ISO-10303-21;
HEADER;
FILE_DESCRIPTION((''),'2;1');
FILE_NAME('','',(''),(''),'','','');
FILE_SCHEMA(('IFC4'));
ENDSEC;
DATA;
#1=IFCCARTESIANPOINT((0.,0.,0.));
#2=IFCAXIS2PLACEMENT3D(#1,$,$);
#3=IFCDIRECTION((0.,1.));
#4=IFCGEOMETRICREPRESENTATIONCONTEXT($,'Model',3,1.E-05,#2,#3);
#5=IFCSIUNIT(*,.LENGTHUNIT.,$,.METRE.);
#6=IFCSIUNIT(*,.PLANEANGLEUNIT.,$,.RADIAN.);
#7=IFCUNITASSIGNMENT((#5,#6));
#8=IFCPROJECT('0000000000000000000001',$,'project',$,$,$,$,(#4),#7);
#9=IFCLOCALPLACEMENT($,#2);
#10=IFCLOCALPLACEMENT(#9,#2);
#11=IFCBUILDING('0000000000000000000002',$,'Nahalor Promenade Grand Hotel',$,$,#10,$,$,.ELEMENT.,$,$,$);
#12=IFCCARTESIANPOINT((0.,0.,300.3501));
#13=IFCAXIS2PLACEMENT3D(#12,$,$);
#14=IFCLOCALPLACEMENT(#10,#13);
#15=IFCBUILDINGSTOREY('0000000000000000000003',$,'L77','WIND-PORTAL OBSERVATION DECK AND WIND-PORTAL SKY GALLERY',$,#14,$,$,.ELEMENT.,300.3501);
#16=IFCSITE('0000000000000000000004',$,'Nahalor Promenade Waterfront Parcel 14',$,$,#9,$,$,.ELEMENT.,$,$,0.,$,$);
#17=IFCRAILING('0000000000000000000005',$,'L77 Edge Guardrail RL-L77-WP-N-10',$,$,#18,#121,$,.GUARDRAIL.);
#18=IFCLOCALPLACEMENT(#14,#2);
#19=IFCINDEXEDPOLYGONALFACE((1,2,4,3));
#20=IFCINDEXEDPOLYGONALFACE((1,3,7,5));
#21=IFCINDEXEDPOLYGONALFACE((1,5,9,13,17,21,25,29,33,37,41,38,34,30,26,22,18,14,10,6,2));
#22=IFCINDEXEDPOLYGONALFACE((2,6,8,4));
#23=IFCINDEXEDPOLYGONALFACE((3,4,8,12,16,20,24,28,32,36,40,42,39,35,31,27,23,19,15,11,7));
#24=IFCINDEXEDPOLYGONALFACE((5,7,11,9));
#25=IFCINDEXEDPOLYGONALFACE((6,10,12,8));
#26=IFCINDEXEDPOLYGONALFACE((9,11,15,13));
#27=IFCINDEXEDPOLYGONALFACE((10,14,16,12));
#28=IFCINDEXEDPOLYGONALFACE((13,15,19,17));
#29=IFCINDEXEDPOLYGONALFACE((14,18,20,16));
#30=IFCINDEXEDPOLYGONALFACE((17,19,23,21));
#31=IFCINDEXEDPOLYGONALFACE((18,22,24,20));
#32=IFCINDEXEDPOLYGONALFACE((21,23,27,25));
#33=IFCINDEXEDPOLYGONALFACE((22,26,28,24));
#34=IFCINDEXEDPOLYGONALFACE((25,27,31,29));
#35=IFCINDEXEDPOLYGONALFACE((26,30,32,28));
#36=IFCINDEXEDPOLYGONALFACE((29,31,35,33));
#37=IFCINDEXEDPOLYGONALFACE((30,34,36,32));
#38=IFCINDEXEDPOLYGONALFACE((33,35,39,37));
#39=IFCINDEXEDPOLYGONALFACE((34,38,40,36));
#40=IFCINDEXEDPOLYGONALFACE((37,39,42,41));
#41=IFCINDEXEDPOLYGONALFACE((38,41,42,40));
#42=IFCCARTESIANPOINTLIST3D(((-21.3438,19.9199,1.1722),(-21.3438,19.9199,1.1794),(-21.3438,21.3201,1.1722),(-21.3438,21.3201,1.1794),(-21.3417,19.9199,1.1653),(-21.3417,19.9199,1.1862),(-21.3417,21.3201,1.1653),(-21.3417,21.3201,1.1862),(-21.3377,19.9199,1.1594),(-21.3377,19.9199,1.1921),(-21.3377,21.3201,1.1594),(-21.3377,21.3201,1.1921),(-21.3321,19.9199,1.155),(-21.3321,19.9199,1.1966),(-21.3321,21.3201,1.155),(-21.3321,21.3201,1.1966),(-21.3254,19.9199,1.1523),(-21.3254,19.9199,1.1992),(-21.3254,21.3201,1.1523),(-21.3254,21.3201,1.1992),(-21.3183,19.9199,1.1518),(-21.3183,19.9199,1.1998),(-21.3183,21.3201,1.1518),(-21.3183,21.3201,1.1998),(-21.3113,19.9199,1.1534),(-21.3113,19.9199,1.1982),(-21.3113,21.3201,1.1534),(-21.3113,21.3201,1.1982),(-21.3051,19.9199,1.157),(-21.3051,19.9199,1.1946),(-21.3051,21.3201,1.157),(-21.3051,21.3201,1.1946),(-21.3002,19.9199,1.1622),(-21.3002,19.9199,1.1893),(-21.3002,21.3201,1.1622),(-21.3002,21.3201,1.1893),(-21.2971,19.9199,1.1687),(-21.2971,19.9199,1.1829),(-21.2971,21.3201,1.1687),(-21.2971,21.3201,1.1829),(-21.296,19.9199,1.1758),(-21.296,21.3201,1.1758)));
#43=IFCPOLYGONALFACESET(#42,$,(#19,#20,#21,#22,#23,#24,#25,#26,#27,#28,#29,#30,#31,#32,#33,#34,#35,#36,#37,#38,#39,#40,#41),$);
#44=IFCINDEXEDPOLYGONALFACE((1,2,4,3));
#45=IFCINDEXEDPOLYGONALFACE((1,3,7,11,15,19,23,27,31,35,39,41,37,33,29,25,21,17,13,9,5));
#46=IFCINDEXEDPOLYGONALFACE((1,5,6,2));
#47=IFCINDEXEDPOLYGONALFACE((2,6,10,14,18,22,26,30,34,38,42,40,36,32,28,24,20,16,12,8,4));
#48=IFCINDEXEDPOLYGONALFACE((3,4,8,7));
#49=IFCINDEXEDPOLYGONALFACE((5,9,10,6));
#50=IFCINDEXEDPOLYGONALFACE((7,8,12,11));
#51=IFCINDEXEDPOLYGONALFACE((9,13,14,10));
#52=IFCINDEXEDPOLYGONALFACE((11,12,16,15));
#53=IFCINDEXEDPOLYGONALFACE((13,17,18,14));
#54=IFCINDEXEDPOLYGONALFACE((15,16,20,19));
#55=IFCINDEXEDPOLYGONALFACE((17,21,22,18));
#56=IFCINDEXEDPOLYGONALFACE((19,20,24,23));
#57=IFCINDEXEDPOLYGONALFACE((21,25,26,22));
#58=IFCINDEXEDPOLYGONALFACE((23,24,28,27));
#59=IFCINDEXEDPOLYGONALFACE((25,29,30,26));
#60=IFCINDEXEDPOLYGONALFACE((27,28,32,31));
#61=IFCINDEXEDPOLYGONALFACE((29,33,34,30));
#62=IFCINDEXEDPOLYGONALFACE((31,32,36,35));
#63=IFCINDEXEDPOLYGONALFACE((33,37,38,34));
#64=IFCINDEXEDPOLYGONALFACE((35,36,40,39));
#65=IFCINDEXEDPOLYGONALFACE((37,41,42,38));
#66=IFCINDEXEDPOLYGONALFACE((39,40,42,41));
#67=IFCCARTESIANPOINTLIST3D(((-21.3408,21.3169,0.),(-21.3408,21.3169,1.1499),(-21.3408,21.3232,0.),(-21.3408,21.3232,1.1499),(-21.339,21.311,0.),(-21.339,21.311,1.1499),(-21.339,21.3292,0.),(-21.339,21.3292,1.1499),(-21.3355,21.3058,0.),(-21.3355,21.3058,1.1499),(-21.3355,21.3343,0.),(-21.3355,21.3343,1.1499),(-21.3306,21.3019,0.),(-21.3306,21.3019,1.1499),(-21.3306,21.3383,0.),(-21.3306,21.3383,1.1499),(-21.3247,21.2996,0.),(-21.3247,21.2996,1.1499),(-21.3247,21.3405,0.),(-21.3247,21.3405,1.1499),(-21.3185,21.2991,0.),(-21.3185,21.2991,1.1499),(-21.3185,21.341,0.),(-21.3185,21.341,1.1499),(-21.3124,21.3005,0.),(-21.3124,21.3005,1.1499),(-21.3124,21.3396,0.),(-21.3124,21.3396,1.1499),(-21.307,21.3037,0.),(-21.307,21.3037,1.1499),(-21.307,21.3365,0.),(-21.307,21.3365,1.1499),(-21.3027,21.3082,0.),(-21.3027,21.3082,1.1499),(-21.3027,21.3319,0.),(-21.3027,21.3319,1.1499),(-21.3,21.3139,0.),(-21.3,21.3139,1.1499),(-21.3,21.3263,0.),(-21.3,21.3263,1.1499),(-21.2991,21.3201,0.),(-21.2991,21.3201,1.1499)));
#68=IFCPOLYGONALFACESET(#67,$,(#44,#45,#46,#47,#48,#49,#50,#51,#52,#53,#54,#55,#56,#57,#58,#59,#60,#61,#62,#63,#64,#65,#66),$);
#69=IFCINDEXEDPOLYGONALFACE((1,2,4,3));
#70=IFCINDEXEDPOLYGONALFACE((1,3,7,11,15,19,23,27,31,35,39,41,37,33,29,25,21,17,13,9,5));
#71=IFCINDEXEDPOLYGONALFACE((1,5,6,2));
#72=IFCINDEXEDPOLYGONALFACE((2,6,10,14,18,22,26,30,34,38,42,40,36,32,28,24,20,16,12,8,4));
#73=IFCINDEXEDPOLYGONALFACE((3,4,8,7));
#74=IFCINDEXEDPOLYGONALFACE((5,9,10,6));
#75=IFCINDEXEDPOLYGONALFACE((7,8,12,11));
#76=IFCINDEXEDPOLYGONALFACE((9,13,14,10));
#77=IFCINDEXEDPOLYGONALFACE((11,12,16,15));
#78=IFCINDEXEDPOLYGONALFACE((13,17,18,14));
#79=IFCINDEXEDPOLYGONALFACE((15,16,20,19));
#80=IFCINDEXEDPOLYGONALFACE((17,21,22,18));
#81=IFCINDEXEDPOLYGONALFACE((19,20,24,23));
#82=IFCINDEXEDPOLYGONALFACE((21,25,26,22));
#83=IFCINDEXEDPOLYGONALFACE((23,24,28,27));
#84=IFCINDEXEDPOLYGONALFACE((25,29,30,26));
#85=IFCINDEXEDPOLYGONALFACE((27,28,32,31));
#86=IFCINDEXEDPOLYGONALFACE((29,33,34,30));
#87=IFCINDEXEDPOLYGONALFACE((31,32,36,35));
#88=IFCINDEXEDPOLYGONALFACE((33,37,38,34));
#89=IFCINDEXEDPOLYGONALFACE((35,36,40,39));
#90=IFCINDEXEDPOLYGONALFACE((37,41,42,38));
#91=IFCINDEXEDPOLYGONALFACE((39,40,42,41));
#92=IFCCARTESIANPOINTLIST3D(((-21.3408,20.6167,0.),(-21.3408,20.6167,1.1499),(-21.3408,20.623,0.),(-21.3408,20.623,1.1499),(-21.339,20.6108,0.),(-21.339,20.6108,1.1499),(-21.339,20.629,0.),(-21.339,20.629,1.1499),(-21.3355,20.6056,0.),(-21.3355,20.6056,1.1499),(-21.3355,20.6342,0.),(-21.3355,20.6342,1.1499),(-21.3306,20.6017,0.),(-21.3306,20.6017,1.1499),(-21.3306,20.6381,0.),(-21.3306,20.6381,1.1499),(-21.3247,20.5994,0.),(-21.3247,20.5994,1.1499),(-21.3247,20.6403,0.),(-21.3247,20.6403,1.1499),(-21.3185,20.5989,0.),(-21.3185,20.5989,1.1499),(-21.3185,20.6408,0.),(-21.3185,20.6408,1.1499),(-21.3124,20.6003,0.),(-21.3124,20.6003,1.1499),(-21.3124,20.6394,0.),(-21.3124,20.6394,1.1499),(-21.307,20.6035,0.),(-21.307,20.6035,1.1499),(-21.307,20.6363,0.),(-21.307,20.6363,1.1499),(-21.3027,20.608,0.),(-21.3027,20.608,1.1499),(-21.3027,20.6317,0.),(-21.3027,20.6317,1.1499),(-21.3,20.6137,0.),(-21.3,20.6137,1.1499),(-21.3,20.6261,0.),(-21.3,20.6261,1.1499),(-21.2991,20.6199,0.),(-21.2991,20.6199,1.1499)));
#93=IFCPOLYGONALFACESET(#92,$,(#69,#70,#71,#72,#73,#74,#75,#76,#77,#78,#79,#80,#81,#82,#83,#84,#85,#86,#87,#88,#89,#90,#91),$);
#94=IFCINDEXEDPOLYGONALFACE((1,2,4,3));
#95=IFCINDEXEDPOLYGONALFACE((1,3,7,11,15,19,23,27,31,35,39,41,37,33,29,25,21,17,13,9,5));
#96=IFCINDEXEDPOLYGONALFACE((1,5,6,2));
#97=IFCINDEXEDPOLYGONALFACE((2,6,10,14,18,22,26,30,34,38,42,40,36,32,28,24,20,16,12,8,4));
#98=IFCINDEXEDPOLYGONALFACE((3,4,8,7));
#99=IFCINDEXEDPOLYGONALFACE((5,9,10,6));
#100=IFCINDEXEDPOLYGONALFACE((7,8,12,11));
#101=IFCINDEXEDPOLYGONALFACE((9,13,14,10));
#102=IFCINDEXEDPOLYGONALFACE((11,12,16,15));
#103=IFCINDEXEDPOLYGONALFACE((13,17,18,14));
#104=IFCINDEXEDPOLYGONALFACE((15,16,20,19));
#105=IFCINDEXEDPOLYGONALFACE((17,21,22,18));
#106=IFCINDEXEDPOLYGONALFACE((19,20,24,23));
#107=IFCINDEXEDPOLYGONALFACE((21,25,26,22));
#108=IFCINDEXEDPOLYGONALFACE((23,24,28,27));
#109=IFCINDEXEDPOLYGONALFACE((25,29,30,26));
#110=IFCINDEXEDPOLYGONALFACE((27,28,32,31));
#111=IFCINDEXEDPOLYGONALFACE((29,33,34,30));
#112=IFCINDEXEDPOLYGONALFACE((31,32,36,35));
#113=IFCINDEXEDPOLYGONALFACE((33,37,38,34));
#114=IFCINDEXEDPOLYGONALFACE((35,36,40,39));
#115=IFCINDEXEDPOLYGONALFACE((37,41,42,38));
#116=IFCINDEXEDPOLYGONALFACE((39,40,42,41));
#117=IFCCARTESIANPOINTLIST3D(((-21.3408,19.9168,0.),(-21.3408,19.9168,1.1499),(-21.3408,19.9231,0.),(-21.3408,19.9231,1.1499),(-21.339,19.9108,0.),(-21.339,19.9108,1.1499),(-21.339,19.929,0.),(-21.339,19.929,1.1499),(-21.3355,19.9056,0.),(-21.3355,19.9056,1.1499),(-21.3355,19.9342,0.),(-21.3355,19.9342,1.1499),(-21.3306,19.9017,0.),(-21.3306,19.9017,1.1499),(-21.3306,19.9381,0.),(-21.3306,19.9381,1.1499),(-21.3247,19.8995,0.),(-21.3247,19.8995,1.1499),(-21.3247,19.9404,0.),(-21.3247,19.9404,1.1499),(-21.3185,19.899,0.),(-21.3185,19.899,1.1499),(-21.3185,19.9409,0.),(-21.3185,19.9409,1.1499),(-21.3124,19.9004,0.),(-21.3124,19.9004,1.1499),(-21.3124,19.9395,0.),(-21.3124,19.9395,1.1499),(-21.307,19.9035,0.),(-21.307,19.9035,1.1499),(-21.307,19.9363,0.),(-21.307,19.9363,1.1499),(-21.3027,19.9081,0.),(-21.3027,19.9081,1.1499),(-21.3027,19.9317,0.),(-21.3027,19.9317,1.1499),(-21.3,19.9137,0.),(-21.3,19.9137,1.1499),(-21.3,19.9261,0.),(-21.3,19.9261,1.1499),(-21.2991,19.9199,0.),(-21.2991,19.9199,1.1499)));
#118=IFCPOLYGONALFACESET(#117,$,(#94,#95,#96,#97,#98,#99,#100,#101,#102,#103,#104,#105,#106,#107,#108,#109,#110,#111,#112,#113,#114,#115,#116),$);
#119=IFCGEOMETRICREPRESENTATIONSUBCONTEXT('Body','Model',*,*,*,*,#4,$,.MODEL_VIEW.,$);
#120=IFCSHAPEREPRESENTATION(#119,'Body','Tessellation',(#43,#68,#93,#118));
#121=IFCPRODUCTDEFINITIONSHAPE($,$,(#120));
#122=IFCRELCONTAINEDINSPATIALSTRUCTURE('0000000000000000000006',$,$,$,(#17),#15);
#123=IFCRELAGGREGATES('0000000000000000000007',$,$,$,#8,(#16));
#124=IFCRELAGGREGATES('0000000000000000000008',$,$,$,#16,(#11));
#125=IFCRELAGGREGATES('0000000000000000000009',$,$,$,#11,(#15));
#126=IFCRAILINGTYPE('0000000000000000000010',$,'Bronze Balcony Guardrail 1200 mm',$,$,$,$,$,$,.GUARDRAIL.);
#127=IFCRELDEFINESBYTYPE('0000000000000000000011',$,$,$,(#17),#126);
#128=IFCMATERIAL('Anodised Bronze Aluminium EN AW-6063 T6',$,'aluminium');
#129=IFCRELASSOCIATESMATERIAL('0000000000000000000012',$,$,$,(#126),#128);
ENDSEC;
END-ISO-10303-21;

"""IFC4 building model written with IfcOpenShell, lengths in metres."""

from ifc_helpers import new_model, si_unit, direction, frame, origin, origin_2d, place, context, subcontext, project, spatial, circle, extrude, material, type_object, element, save


model = new_model("IFC4")

# Units and contexts
model_context = context("Model", 3, precision=1e-05, world=origin(), true_north=direction((0.0, 1.0)))
body_context = subcontext(model_context, "Body", "Model", "MODEL_VIEW")
ifc_project = project(units=[si_unit("LENGTHUNIT", "METRE"), si_unit("PLANEANGLEUNIT", "RADIAN")], contexts=[model_context])

# Site, building, storey
site_placement = place(None, origin())
site = spatial("IfcSite", under=ifc_project, at=site_placement, Name="Nahalor Promenade Waterfront Parcel 14", CompositionType="ELEMENT", RefElevation=0.0)
building_placement = place(site_placement, origin())
building = spatial("IfcBuilding", under=site, at=building_placement, Name="Nahalor Promenade Grand Hotel", CompositionType="ELEMENT")
storey_placement = place(building_placement, frame((0.0, 0.0, 300.3501)))
storey = spatial("IfcBuildingStorey", under=building, at=storey_placement, Name="L77", Description="WIND-PORTAL OBSERVATION DECK AND WIND-PORTAL SKY GALLERY", CompositionType="ELEMENT", Elevation=300.3501)

# Railing
ifc_material_1 = material(Name="Anodised Bronze Aluminium EN AW-6063 T6", Category="aluminium")
railing_type = type_object("IfcRailingType", Name="Bronze Balcony Guardrail 1200 mm", PredefinedType="GUARDRAIL", material=ifc_material_1)
railing_1_placement = place(storey_placement, frame((-21.3201, 21.3201, 0.0)))
element("IfcRailing", 1, at=railing_1_placement, inside=storey, type_object=railing_type, Name="L77 Edge Guardrail RL-L77-WP-N-10", PredefinedType="GUARDRAIL", context=body_context, shape_type="SweptSolid", body=[
    extrude(circle(Radius=0.024, at=origin_2d()), frame((0.0, 0.0, 1.1758), z_axis=(0.0, -1.0, 0.0), x_axis=(1.0, 0.0, 0.0)), (0.0, 0.0, 1.0), 1.4001),
    extrude(circle(Radius=0.021, at=origin_2d()), origin(), (0.0, 0.0, 1.0), 1.1499),
    extrude(circle(Radius=0.021, at=origin_2d()), frame((0.0, -0.7002, 0.0)), (0.0, 0.0, 1.0), 1.1499),
    extrude(circle(Radius=0.021, at=origin_2d()), frame((0.0, -1.4001, 0.0)), (0.0, 0.0, 1.0), 1.1499),
])

save(model, "model.ifc")
